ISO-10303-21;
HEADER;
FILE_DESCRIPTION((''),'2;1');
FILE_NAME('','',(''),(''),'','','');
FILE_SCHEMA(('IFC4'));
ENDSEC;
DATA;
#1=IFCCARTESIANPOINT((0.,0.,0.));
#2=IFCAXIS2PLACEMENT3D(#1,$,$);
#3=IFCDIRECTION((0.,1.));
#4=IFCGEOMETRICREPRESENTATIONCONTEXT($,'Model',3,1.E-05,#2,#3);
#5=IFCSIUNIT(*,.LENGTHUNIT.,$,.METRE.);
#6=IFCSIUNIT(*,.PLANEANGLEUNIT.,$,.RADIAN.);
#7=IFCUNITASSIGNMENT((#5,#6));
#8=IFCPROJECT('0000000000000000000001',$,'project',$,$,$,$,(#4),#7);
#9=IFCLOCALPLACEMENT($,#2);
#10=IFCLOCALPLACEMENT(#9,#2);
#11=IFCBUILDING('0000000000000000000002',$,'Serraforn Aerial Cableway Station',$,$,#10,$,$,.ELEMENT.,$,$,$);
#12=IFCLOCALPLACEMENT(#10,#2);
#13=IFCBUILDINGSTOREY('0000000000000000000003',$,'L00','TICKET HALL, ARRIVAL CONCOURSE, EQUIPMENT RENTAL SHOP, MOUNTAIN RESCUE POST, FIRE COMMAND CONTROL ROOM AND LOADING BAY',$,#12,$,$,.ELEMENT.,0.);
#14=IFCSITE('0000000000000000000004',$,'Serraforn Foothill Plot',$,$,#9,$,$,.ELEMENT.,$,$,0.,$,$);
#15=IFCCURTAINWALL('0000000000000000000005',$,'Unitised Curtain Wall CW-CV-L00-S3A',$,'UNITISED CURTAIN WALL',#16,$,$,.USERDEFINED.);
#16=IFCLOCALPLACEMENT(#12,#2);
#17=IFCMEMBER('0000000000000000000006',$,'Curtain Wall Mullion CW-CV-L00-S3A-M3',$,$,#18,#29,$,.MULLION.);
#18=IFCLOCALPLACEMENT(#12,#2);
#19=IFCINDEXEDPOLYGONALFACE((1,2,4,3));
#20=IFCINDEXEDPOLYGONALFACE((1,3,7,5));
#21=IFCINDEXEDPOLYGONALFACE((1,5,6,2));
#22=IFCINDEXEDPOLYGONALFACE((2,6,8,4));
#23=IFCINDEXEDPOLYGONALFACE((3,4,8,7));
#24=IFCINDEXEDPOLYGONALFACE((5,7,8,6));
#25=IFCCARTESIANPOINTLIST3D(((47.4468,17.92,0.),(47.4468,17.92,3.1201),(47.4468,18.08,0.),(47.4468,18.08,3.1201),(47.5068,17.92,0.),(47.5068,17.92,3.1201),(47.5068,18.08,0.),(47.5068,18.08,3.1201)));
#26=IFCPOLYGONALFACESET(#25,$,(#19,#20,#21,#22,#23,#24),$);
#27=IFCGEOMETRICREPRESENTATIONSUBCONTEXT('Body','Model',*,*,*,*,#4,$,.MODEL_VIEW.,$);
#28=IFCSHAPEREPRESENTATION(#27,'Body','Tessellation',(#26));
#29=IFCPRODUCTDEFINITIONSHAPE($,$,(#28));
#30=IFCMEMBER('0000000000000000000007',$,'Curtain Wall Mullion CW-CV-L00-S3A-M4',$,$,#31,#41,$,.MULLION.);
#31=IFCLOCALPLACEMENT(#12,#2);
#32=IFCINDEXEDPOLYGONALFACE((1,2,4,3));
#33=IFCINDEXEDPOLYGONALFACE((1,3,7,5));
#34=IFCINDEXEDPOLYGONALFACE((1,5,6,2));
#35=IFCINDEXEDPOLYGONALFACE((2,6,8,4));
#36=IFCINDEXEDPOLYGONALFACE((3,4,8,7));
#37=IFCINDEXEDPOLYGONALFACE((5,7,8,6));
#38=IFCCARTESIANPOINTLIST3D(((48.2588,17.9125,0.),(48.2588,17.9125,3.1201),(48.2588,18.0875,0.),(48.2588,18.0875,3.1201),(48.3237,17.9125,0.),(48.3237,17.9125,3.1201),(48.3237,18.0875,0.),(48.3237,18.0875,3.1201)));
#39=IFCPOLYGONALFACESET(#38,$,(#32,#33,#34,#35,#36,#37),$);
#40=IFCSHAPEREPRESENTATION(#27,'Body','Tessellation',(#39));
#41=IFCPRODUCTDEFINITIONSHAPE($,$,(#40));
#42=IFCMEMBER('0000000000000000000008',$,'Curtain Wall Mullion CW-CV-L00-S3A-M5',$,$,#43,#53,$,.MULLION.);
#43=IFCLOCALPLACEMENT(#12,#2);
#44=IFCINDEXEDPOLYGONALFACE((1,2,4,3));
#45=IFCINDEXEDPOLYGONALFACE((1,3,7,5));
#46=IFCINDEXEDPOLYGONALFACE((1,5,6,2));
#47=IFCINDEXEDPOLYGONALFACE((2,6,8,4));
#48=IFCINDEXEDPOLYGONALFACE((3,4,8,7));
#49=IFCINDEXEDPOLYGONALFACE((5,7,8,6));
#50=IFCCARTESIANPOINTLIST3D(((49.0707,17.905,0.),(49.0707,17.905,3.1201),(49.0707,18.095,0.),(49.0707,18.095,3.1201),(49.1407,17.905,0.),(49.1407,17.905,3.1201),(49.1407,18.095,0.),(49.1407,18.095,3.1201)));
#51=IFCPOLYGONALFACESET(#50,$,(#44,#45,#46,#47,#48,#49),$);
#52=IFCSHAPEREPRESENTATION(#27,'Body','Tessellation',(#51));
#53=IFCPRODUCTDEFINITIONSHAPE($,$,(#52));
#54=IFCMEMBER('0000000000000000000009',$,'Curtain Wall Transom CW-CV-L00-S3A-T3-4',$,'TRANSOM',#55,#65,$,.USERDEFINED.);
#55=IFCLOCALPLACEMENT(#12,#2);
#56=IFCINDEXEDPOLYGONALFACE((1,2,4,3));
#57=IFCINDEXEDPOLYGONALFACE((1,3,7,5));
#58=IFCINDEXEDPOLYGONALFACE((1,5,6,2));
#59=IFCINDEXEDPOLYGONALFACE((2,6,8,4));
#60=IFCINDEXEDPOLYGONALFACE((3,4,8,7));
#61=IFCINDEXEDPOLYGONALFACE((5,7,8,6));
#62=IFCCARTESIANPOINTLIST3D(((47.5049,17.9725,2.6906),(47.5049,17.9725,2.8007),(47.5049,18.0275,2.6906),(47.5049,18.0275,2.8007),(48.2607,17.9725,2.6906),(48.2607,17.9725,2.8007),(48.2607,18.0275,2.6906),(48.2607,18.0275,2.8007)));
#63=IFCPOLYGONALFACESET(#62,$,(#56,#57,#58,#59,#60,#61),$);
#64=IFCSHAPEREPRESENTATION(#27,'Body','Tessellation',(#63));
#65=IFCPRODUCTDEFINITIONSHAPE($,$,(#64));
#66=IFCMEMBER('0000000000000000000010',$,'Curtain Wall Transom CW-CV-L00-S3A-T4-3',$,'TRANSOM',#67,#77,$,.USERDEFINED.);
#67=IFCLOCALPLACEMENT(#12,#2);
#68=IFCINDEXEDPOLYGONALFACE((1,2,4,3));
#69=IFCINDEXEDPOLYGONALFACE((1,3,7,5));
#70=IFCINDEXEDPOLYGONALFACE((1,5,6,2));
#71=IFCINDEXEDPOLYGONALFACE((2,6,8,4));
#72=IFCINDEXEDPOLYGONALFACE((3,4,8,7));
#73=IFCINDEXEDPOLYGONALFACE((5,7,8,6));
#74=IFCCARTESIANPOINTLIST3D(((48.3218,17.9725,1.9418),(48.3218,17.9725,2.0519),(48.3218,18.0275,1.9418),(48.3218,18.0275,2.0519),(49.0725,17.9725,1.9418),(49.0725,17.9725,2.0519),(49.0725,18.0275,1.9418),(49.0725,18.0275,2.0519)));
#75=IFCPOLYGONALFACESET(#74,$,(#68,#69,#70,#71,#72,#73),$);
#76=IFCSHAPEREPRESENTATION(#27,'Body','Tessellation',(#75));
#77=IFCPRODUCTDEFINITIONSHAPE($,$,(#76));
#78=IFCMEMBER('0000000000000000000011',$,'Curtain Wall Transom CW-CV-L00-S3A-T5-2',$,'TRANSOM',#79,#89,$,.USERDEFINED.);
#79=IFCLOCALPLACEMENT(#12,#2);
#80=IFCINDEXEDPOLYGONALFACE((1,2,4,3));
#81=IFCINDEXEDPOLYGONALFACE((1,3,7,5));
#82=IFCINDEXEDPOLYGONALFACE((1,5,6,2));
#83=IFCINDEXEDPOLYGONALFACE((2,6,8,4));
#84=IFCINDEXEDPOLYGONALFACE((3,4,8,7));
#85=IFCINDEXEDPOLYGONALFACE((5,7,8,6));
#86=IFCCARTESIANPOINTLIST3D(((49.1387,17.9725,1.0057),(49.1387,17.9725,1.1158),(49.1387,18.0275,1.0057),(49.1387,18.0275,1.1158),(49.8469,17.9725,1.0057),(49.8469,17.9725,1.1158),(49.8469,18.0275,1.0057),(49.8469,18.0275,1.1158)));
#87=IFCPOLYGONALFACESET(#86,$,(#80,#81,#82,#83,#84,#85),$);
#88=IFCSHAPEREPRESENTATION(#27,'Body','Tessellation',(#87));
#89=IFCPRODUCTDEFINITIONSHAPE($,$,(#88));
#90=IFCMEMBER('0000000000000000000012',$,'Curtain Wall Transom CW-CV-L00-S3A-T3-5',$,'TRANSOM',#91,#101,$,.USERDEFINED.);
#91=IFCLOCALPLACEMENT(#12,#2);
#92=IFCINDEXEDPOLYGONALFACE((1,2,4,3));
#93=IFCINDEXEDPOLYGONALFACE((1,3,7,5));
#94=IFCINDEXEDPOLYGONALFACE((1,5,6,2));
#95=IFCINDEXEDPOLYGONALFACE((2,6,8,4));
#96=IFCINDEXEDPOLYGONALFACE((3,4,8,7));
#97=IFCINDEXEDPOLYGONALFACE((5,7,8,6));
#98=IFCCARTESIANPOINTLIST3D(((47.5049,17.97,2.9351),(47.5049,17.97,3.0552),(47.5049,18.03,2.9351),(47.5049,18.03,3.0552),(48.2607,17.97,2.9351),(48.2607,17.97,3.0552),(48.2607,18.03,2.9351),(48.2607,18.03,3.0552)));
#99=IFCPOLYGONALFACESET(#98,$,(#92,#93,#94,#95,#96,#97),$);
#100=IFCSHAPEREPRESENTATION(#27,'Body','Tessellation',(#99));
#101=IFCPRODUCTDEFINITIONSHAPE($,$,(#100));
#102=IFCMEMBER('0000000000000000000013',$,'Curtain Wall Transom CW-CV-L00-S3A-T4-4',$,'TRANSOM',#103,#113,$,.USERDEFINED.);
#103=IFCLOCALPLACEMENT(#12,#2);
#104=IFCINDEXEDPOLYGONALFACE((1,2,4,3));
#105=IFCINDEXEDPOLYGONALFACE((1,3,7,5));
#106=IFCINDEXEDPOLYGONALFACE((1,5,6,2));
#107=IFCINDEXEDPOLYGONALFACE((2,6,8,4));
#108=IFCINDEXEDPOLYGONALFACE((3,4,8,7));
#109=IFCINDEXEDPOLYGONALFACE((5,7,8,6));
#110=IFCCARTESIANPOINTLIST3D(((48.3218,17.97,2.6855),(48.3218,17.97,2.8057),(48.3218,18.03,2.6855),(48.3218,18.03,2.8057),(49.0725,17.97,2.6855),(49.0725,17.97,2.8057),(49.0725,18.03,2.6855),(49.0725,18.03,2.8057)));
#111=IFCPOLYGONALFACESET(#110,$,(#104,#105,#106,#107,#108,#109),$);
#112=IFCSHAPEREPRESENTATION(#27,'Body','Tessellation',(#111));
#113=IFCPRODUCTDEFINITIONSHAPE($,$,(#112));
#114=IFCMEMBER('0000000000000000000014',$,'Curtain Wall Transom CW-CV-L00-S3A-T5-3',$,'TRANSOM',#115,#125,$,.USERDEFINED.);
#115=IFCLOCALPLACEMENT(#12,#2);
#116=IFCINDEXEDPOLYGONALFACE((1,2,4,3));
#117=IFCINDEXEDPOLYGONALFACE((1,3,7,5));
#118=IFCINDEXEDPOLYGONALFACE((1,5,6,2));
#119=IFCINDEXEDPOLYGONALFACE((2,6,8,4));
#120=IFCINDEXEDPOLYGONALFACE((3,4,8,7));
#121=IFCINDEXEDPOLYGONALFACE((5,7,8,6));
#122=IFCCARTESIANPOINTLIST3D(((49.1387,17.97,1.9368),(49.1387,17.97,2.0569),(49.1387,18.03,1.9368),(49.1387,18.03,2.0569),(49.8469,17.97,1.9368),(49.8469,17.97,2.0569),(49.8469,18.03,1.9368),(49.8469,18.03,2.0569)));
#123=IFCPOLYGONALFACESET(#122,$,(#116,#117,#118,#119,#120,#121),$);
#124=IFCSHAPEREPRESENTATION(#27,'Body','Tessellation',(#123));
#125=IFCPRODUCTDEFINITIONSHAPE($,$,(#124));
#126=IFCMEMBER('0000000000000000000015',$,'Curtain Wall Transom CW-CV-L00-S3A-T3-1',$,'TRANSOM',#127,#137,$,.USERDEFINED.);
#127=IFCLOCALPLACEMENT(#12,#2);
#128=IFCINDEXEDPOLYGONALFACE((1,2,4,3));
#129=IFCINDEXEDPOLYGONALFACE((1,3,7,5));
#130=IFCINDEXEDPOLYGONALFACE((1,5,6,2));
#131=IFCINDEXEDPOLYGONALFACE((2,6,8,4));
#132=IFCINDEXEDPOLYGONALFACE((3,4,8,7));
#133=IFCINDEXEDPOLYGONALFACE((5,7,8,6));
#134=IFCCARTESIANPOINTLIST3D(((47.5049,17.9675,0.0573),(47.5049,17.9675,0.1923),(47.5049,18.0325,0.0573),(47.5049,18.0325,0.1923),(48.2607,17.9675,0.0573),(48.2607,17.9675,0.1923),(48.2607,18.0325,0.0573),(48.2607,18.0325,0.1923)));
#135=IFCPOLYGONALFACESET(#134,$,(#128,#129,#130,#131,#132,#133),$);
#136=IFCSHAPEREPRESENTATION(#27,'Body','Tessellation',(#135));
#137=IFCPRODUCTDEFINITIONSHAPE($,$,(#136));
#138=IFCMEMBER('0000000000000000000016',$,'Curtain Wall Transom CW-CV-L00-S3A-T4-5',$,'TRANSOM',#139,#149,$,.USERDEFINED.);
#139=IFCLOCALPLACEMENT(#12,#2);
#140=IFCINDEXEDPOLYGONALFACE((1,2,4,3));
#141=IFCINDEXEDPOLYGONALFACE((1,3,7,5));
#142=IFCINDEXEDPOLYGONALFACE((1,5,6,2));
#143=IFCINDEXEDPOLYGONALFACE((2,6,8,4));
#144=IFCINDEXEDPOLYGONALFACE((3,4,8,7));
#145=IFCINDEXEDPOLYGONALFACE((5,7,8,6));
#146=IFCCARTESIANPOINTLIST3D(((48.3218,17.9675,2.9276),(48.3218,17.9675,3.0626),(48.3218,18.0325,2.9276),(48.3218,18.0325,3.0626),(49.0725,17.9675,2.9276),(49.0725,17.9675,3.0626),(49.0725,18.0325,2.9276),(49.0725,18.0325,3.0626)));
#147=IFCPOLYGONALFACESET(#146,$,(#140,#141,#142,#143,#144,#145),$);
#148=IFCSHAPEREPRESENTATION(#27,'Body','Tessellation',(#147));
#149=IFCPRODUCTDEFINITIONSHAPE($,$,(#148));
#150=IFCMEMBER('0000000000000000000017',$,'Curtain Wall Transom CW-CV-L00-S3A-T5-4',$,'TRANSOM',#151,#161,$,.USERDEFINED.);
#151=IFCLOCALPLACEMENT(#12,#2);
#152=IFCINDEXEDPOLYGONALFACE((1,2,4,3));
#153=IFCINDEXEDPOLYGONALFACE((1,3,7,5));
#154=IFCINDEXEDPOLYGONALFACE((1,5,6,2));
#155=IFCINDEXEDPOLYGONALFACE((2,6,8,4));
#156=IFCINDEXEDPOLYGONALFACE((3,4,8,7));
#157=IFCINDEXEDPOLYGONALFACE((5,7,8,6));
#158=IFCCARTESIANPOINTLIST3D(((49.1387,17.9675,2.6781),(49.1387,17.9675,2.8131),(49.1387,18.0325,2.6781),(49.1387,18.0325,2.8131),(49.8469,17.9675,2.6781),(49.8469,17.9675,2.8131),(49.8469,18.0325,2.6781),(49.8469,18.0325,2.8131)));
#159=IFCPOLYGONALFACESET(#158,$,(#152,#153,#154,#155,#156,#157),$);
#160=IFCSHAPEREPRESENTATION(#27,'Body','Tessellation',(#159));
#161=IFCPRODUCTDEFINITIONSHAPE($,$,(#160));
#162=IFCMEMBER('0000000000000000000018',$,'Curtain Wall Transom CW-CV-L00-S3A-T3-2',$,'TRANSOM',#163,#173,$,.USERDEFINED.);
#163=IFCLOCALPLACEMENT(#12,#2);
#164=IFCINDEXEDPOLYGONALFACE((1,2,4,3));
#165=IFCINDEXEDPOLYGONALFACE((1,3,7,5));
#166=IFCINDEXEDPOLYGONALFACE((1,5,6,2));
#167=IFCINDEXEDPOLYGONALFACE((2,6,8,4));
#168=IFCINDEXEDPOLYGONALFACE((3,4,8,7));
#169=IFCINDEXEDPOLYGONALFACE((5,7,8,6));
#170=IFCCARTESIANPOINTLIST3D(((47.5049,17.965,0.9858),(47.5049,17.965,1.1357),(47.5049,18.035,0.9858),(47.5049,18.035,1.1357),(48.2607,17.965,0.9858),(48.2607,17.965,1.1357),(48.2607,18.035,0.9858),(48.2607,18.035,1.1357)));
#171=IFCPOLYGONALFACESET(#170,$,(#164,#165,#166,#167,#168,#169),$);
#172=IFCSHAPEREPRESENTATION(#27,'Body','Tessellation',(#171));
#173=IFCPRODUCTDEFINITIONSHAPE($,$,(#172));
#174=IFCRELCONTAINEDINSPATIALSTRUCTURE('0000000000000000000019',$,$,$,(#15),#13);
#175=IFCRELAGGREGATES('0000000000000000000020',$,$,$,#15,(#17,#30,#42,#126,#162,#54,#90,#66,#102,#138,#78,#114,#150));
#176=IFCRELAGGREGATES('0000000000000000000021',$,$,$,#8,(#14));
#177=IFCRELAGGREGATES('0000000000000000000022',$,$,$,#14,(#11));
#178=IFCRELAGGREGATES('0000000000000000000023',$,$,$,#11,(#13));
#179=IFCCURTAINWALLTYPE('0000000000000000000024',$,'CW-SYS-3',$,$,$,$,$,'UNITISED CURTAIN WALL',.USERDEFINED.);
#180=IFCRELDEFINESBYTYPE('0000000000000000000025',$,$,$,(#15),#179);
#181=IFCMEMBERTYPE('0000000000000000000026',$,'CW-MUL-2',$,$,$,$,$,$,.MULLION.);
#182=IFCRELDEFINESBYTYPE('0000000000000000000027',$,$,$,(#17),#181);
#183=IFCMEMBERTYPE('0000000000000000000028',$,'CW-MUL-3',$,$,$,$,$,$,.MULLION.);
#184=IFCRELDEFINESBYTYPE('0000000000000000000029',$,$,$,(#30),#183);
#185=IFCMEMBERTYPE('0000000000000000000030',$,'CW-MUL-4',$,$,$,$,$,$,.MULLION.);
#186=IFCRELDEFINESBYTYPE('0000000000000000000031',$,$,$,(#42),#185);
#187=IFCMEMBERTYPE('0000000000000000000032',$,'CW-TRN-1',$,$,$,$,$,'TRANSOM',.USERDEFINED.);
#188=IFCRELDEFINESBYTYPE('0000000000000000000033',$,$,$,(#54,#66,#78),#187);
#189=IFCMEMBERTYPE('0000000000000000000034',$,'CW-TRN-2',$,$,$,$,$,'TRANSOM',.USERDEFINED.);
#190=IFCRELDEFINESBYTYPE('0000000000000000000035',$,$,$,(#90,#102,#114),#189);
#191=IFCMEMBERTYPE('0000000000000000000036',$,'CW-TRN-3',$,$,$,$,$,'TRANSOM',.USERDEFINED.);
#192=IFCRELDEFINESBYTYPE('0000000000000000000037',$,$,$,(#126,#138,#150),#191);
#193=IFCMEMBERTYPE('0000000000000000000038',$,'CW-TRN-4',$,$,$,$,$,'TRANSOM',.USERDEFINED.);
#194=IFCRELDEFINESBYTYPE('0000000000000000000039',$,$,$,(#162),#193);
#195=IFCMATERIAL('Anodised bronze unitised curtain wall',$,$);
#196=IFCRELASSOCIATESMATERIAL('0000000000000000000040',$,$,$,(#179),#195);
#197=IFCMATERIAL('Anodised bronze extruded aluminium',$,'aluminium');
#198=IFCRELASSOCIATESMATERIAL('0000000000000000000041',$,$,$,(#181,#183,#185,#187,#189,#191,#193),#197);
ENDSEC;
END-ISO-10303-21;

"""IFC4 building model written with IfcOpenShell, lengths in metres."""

from ifc_helpers import new_model, si_unit, direction, frame, origin, origin_2d, place, context, subcontext, project, spatial, rectangle, extrude, material, material_profile, profile_set, type_object, element, aggregate, save


model = new_model("IFC4")

# Units and contexts
model_context = context("Model", 3, precision=1e-05, world=origin(), true_north=direction((0.0, 1.0)))
body_context = subcontext(model_context, "Body", "Model", "MODEL_VIEW")
ifc_project = project(units=[si_unit("LENGTHUNIT", "METRE"), si_unit("PLANEANGLEUNIT", "RADIAN")], contexts=[model_context])

# Site, building, storey
site_placement = place(None, origin())
site = spatial("IfcSite", under=ifc_project, at=site_placement, Name="Serraforn Foothill Plot", CompositionType="ELEMENT", RefElevation=0.0)
building_placement = place(site_placement, origin())
building = spatial("IfcBuilding", under=site, at=building_placement, Name="Serraforn Aerial Cableway Station", CompositionType="ELEMENT")
storey_placement = place(building_placement, origin())
storey = spatial("IfcBuildingStorey", under=building, at=storey_placement, Name="L00", Description="TICKET HALL, ARRIVAL CONCOURSE, EQUIPMENT RENTAL SHOP, MOUNTAIN RESCUE POST, FIRE COMMAND CONTROL ROOM AND LOADING BAY", CompositionType="ELEMENT", Elevation=0.0)

# Curtain wall, members
ifc_material_1 = material(Name="Anodised bronze unitised curtain wall")
curtain_wall_type = type_object("IfcCurtainWallType", Name="CW-SYS-3", ElementType="UNITISED CURTAIN WALL", PredefinedType="USERDEFINED", material=ifc_material_1)
curtain_wall_placement = place(storey_placement, origin())
curtain_wall = element("IfcCurtainWall", 1, at=curtain_wall_placement, inside=storey, type_object=curtain_wall_type, Name="Unitised Curtain Wall CW-CV-L00-S3A", ObjectType="UNITISED CURTAIN WALL", PredefinedType="USERDEFINED")
ifc_material_2 = material(Name="Anodised bronze extruded aluminium", Category="aluminium")
ifc_material_profile_1 = material_profile(ifc_material_2, rectangle(XDim=0.0601, YDim=0.1599, at=origin_2d()), Name="CW MULLION 60x160")
ifc_profile_set_1 = profile_set([ifc_material_profile_1], Name="Anodised bronze extruded aluminium")
member_type_1 = type_object("IfcMemberType", Name="CW-MUL-2", PredefinedType="MULLION", material=ifc_profile_set_1)
member_1_placement = place(storey_placement, frame((47.4768, 18.0, 0.0), z_axis=(0.0, 0.0, 1.0), x_axis=(1.0, 0.0, 0.0)))
member_1 = element("IfcMember", 2, at=member_1_placement, type_object=member_type_1, Name="Curtain Wall Mullion CW-CV-L00-S3A-M3", PredefinedType="MULLION", context=body_context, shape_type="SweptSolid", body=[
    extrude(rectangle(XDim=0.0601, YDim=0.1599, at=origin_2d()), origin(), (0.0, 0.0, 1.0), 3.1201),
])
ifc_material_profile_2 = material_profile(ifc_material_2, rectangle(XDim=0.0649, YDim=0.175, at=origin_2d()), Name="CW MULLION 65x175")
ifc_profile_set_2 = profile_set([ifc_material_profile_2], Name="Anodised bronze extruded aluminium")
member_type_2 = type_object("IfcMemberType", Name="CW-MUL-3", PredefinedType="MULLION", material=ifc_profile_set_2)
member_2_placement = place(storey_placement, frame((48.2913, 18.0, 0.0), z_axis=(0.0, 0.0, 1.0), x_axis=(1.0, 0.0, 0.0)))
member_2 = element("IfcMember", 3, at=member_2_placement, type_object=member_type_2, Name="Curtain Wall Mullion CW-CV-L00-S3A-M4", PredefinedType="MULLION", context=body_context, shape_type="SweptSolid", body=[
    extrude(rectangle(XDim=0.0649, YDim=0.175, at=origin_2d()), origin(), (0.0, 0.0, 1.0), 3.1201),
])
ifc_material_profile_3 = material_profile(ifc_material_2, rectangle(XDim=0.0701, YDim=0.1899, at=origin_2d()), Name="CW MULLION 70x190")
ifc_profile_set_3 = profile_set([ifc_material_profile_3], Name="Anodised bronze extruded aluminium")
member_type_3 = type_object("IfcMemberType", Name="CW-MUL-4", PredefinedType="MULLION", material=ifc_profile_set_3)
member_3_placement = place(storey_placement, frame((49.1057, 18.0, 0.0), z_axis=(0.0, 0.0, 1.0), x_axis=(1.0, 0.0, 0.0)))
member_3 = element("IfcMember", 4, at=member_3_placement, type_object=member_type_3, Name="Curtain Wall Mullion CW-CV-L00-S3A-M5", PredefinedType="MULLION", context=body_context, shape_type="SweptSolid", body=[
    extrude(rectangle(XDim=0.0701, YDim=0.1899, at=origin_2d()), origin(), (0.0, 0.0, 1.0), 3.1201),
])
ifc_material_profile_4 = material_profile(ifc_material_2, rectangle(XDim=0.0549, YDim=0.1101, at=origin_2d()), Name="CW TRANSOM 55x110")
ifc_profile_set_4 = profile_set([ifc_material_profile_4], Name="Anodised bronze extruded aluminium")
member_type_4 = type_object("IfcMemberType", Name="CW-TRN-1", ElementType="TRANSOM", PredefinedType="USERDEFINED", material=ifc_profile_set_4)
member_4_placement = place(storey_placement, frame((47.5049, 18.0, 2.7456), z_axis=(1.0, 0.0, 0.0), x_axis=(0.0, 1.0, 0.0)))
member_4 = element("IfcMember", 5, at=member_4_placement, type_object=member_type_4, Name="Curtain Wall Transom CW-CV-L00-S3A-T3-4", ObjectType="TRANSOM", PredefinedType="USERDEFINED", context=body_context, shape_type="SweptSolid", body=[
    extrude(rectangle(XDim=0.0549, YDim=0.1101, at=origin_2d()), origin(), (0.0, 0.0, 1.0), 0.7559),
])
member_5_placement = place(storey_placement, frame((48.3218, 18.0, 1.9968), z_axis=(1.0, 0.0, 0.0), x_axis=(0.0, 1.0, 0.0)))
member_5 = element("IfcMember", 6, at=member_5_placement, type_object=member_type_4, Name="Curtain Wall Transom CW-CV-L00-S3A-T4-3", ObjectType="TRANSOM", PredefinedType="USERDEFINED", context=body_context, shape_type="SweptSolid", body=[
    extrude(rectangle(XDim=0.0549, YDim=0.1101, at=origin_2d()), origin(), (0.0, 0.0, 1.0), 0.7507),
])
member_6_placement = place(storey_placement, frame((49.1387, 18.0, 1.0608), z_axis=(1.0, 0.0, 0.0), x_axis=(0.0, 1.0, 0.0)))
member_6 = element("IfcMember", 7, at=member_6_placement, type_object=member_type_4, Name="Curtain Wall Transom CW-CV-L00-S3A-T5-2", ObjectType="TRANSOM", PredefinedType="USERDEFINED", context=body_context, shape_type="SweptSolid", body=[
    extrude(rectangle(XDim=0.0549, YDim=0.1101, at=origin_2d()), origin(), (0.0, 0.0, 1.0), 0.7083),
])
ifc_material_profile_5 = material_profile(ifc_material_2, rectangle(XDim=0.0601, YDim=0.1201, at=origin_2d()), Name="CW TRANSOM 60x120")
ifc_profile_set_5 = profile_set([ifc_material_profile_5], Name="Anodised bronze extruded aluminium")
member_type_5 = type_object("IfcMemberType", Name="CW-TRN-2", ElementType="TRANSOM", PredefinedType="USERDEFINED", material=ifc_profile_set_5)
member_7_placement = place(storey_placement, frame((47.5049, 18.0, 2.9951), z_axis=(1.0, 0.0, 0.0), x_axis=(0.0, 1.0, 0.0)))
member_7 = element("IfcMember", 8, at=member_7_placement, type_object=member_type_5, Name="Curtain Wall Transom CW-CV-L00-S3A-T3-5", ObjectType="TRANSOM", PredefinedType="USERDEFINED", context=body_context, shape_type="SweptSolid", body=[
    extrude(rectangle(XDim=0.0601, YDim=0.1201, at=origin_2d()), origin(), (0.0, 0.0, 1.0), 0.7559),
])
member_8_placement = place(storey_placement, frame((48.3218, 18.0, 2.7456), z_axis=(1.0, 0.0, 0.0), x_axis=(0.0, 1.0, 0.0)))
member_8 = element("IfcMember", 9, at=member_8_placement, type_object=member_type_5, Name="Curtain Wall Transom CW-CV-L00-S3A-T4-4", ObjectType="TRANSOM", PredefinedType="USERDEFINED", context=body_context, shape_type="SweptSolid", body=[
    extrude(rectangle(XDim=0.0601, YDim=0.1201, at=origin_2d()), origin(), (0.0, 0.0, 1.0), 0.7507),
])
member_9_placement = place(storey_placement, frame((49.1387, 18.0, 1.9968), z_axis=(1.0, 0.0, 0.0), x_axis=(0.0, 1.0, 0.0)))
member_9 = element("IfcMember", 10, at=member_9_placement, type_object=member_type_5, Name="Curtain Wall Transom CW-CV-L00-S3A-T5-3", ObjectType="TRANSOM", PredefinedType="USERDEFINED", context=body_context, shape_type="SweptSolid", body=[
    extrude(rectangle(XDim=0.0601, YDim=0.1201, at=origin_2d()), origin(), (0.0, 0.0, 1.0), 0.7083),
])
ifc_material_profile_6 = material_profile(ifc_material_2, rectangle(XDim=0.0649, YDim=0.135, at=origin_2d()), Name="CW TRANSOM 65x135")
ifc_profile_set_6 = profile_set([ifc_material_profile_6], Name="Anodised bronze extruded aluminium")
member_type_6 = type_object("IfcMemberType", Name="CW-TRN-3", ElementType="TRANSOM", PredefinedType="USERDEFINED", material=ifc_profile_set_6)
member_10_placement = place(storey_placement, frame((47.5049, 18.0, 0.1248), z_axis=(1.0, 0.0, 0.0), x_axis=(0.0, 1.0, 0.0)))
member_10 = element("IfcMember", 11, at=member_10_placement, type_object=member_type_6, Name="Curtain Wall Transom CW-CV-L00-S3A-T3-1", ObjectType="TRANSOM", PredefinedType="USERDEFINED", context=body_context, shape_type="SweptSolid", body=[
    extrude(rectangle(XDim=0.0649, YDim=0.135, at=origin_2d()), origin(), (0.0, 0.0, 1.0), 0.7559),
])
member_11_placement = place(storey_placement, frame((48.3218, 18.0, 2.9951), z_axis=(1.0, 0.0, 0.0), x_axis=(0.0, 1.0, 0.0)))
member_11 = element("IfcMember", 12, at=member_11_placement, type_object=member_type_6, Name="Curtain Wall Transom CW-CV-L00-S3A-T4-5", ObjectType="TRANSOM", PredefinedType="USERDEFINED", context=body_context, shape_type="SweptSolid", body=[
    extrude(rectangle(XDim=0.0649, YDim=0.135, at=origin_2d()), origin(), (0.0, 0.0, 1.0), 0.7507),
])
member_12_placement = place(storey_placement, frame((49.1387, 18.0, 2.7456), z_axis=(1.0, 0.0, 0.0), x_axis=(0.0, 1.0, 0.0)))
member_12 = element("IfcMember", 13, at=member_12_placement, type_object=member_type_6, Name="Curtain Wall Transom CW-CV-L00-S3A-T5-4", ObjectType="TRANSOM", PredefinedType="USERDEFINED", context=body_context, shape_type="SweptSolid", body=[
    extrude(rectangle(XDim=0.0649, YDim=0.135, at=origin_2d()), origin(), (0.0, 0.0, 1.0), 0.7083),
])
ifc_material_profile_7 = material_profile(ifc_material_2, rectangle(XDim=0.0701, YDim=0.1499, at=origin_2d()), Name="CW TRANSOM 70x150")
ifc_profile_set_7 = profile_set([ifc_material_profile_7], Name="Anodised bronze extruded aluminium")
member_type_7 = type_object("IfcMemberType", Name="CW-TRN-4", ElementType="TRANSOM", PredefinedType="USERDEFINED", material=ifc_profile_set_7)
member_13_placement = place(storey_placement, frame((47.5049, 18.0, 1.0608), z_axis=(1.0, 0.0, 0.0), x_axis=(0.0, 1.0, 0.0)))
member_13 = element("IfcMember", 14, at=member_13_placement, type_object=member_type_7, Name="Curtain Wall Transom CW-CV-L00-S3A-T3-2", ObjectType="TRANSOM", PredefinedType="USERDEFINED", context=body_context, shape_type="SweptSolid", body=[
    extrude(rectangle(XDim=0.0701, YDim=0.1499, at=origin_2d()), origin(), (0.0, 0.0, 1.0), 0.7559),
])
aggregate(curtain_wall, [member_1, member_2, member_3, member_10, member_13, member_4, member_7, member_5, member_8, member_11, member_6, member_9, member_12])

save(model, "model.ifc")
